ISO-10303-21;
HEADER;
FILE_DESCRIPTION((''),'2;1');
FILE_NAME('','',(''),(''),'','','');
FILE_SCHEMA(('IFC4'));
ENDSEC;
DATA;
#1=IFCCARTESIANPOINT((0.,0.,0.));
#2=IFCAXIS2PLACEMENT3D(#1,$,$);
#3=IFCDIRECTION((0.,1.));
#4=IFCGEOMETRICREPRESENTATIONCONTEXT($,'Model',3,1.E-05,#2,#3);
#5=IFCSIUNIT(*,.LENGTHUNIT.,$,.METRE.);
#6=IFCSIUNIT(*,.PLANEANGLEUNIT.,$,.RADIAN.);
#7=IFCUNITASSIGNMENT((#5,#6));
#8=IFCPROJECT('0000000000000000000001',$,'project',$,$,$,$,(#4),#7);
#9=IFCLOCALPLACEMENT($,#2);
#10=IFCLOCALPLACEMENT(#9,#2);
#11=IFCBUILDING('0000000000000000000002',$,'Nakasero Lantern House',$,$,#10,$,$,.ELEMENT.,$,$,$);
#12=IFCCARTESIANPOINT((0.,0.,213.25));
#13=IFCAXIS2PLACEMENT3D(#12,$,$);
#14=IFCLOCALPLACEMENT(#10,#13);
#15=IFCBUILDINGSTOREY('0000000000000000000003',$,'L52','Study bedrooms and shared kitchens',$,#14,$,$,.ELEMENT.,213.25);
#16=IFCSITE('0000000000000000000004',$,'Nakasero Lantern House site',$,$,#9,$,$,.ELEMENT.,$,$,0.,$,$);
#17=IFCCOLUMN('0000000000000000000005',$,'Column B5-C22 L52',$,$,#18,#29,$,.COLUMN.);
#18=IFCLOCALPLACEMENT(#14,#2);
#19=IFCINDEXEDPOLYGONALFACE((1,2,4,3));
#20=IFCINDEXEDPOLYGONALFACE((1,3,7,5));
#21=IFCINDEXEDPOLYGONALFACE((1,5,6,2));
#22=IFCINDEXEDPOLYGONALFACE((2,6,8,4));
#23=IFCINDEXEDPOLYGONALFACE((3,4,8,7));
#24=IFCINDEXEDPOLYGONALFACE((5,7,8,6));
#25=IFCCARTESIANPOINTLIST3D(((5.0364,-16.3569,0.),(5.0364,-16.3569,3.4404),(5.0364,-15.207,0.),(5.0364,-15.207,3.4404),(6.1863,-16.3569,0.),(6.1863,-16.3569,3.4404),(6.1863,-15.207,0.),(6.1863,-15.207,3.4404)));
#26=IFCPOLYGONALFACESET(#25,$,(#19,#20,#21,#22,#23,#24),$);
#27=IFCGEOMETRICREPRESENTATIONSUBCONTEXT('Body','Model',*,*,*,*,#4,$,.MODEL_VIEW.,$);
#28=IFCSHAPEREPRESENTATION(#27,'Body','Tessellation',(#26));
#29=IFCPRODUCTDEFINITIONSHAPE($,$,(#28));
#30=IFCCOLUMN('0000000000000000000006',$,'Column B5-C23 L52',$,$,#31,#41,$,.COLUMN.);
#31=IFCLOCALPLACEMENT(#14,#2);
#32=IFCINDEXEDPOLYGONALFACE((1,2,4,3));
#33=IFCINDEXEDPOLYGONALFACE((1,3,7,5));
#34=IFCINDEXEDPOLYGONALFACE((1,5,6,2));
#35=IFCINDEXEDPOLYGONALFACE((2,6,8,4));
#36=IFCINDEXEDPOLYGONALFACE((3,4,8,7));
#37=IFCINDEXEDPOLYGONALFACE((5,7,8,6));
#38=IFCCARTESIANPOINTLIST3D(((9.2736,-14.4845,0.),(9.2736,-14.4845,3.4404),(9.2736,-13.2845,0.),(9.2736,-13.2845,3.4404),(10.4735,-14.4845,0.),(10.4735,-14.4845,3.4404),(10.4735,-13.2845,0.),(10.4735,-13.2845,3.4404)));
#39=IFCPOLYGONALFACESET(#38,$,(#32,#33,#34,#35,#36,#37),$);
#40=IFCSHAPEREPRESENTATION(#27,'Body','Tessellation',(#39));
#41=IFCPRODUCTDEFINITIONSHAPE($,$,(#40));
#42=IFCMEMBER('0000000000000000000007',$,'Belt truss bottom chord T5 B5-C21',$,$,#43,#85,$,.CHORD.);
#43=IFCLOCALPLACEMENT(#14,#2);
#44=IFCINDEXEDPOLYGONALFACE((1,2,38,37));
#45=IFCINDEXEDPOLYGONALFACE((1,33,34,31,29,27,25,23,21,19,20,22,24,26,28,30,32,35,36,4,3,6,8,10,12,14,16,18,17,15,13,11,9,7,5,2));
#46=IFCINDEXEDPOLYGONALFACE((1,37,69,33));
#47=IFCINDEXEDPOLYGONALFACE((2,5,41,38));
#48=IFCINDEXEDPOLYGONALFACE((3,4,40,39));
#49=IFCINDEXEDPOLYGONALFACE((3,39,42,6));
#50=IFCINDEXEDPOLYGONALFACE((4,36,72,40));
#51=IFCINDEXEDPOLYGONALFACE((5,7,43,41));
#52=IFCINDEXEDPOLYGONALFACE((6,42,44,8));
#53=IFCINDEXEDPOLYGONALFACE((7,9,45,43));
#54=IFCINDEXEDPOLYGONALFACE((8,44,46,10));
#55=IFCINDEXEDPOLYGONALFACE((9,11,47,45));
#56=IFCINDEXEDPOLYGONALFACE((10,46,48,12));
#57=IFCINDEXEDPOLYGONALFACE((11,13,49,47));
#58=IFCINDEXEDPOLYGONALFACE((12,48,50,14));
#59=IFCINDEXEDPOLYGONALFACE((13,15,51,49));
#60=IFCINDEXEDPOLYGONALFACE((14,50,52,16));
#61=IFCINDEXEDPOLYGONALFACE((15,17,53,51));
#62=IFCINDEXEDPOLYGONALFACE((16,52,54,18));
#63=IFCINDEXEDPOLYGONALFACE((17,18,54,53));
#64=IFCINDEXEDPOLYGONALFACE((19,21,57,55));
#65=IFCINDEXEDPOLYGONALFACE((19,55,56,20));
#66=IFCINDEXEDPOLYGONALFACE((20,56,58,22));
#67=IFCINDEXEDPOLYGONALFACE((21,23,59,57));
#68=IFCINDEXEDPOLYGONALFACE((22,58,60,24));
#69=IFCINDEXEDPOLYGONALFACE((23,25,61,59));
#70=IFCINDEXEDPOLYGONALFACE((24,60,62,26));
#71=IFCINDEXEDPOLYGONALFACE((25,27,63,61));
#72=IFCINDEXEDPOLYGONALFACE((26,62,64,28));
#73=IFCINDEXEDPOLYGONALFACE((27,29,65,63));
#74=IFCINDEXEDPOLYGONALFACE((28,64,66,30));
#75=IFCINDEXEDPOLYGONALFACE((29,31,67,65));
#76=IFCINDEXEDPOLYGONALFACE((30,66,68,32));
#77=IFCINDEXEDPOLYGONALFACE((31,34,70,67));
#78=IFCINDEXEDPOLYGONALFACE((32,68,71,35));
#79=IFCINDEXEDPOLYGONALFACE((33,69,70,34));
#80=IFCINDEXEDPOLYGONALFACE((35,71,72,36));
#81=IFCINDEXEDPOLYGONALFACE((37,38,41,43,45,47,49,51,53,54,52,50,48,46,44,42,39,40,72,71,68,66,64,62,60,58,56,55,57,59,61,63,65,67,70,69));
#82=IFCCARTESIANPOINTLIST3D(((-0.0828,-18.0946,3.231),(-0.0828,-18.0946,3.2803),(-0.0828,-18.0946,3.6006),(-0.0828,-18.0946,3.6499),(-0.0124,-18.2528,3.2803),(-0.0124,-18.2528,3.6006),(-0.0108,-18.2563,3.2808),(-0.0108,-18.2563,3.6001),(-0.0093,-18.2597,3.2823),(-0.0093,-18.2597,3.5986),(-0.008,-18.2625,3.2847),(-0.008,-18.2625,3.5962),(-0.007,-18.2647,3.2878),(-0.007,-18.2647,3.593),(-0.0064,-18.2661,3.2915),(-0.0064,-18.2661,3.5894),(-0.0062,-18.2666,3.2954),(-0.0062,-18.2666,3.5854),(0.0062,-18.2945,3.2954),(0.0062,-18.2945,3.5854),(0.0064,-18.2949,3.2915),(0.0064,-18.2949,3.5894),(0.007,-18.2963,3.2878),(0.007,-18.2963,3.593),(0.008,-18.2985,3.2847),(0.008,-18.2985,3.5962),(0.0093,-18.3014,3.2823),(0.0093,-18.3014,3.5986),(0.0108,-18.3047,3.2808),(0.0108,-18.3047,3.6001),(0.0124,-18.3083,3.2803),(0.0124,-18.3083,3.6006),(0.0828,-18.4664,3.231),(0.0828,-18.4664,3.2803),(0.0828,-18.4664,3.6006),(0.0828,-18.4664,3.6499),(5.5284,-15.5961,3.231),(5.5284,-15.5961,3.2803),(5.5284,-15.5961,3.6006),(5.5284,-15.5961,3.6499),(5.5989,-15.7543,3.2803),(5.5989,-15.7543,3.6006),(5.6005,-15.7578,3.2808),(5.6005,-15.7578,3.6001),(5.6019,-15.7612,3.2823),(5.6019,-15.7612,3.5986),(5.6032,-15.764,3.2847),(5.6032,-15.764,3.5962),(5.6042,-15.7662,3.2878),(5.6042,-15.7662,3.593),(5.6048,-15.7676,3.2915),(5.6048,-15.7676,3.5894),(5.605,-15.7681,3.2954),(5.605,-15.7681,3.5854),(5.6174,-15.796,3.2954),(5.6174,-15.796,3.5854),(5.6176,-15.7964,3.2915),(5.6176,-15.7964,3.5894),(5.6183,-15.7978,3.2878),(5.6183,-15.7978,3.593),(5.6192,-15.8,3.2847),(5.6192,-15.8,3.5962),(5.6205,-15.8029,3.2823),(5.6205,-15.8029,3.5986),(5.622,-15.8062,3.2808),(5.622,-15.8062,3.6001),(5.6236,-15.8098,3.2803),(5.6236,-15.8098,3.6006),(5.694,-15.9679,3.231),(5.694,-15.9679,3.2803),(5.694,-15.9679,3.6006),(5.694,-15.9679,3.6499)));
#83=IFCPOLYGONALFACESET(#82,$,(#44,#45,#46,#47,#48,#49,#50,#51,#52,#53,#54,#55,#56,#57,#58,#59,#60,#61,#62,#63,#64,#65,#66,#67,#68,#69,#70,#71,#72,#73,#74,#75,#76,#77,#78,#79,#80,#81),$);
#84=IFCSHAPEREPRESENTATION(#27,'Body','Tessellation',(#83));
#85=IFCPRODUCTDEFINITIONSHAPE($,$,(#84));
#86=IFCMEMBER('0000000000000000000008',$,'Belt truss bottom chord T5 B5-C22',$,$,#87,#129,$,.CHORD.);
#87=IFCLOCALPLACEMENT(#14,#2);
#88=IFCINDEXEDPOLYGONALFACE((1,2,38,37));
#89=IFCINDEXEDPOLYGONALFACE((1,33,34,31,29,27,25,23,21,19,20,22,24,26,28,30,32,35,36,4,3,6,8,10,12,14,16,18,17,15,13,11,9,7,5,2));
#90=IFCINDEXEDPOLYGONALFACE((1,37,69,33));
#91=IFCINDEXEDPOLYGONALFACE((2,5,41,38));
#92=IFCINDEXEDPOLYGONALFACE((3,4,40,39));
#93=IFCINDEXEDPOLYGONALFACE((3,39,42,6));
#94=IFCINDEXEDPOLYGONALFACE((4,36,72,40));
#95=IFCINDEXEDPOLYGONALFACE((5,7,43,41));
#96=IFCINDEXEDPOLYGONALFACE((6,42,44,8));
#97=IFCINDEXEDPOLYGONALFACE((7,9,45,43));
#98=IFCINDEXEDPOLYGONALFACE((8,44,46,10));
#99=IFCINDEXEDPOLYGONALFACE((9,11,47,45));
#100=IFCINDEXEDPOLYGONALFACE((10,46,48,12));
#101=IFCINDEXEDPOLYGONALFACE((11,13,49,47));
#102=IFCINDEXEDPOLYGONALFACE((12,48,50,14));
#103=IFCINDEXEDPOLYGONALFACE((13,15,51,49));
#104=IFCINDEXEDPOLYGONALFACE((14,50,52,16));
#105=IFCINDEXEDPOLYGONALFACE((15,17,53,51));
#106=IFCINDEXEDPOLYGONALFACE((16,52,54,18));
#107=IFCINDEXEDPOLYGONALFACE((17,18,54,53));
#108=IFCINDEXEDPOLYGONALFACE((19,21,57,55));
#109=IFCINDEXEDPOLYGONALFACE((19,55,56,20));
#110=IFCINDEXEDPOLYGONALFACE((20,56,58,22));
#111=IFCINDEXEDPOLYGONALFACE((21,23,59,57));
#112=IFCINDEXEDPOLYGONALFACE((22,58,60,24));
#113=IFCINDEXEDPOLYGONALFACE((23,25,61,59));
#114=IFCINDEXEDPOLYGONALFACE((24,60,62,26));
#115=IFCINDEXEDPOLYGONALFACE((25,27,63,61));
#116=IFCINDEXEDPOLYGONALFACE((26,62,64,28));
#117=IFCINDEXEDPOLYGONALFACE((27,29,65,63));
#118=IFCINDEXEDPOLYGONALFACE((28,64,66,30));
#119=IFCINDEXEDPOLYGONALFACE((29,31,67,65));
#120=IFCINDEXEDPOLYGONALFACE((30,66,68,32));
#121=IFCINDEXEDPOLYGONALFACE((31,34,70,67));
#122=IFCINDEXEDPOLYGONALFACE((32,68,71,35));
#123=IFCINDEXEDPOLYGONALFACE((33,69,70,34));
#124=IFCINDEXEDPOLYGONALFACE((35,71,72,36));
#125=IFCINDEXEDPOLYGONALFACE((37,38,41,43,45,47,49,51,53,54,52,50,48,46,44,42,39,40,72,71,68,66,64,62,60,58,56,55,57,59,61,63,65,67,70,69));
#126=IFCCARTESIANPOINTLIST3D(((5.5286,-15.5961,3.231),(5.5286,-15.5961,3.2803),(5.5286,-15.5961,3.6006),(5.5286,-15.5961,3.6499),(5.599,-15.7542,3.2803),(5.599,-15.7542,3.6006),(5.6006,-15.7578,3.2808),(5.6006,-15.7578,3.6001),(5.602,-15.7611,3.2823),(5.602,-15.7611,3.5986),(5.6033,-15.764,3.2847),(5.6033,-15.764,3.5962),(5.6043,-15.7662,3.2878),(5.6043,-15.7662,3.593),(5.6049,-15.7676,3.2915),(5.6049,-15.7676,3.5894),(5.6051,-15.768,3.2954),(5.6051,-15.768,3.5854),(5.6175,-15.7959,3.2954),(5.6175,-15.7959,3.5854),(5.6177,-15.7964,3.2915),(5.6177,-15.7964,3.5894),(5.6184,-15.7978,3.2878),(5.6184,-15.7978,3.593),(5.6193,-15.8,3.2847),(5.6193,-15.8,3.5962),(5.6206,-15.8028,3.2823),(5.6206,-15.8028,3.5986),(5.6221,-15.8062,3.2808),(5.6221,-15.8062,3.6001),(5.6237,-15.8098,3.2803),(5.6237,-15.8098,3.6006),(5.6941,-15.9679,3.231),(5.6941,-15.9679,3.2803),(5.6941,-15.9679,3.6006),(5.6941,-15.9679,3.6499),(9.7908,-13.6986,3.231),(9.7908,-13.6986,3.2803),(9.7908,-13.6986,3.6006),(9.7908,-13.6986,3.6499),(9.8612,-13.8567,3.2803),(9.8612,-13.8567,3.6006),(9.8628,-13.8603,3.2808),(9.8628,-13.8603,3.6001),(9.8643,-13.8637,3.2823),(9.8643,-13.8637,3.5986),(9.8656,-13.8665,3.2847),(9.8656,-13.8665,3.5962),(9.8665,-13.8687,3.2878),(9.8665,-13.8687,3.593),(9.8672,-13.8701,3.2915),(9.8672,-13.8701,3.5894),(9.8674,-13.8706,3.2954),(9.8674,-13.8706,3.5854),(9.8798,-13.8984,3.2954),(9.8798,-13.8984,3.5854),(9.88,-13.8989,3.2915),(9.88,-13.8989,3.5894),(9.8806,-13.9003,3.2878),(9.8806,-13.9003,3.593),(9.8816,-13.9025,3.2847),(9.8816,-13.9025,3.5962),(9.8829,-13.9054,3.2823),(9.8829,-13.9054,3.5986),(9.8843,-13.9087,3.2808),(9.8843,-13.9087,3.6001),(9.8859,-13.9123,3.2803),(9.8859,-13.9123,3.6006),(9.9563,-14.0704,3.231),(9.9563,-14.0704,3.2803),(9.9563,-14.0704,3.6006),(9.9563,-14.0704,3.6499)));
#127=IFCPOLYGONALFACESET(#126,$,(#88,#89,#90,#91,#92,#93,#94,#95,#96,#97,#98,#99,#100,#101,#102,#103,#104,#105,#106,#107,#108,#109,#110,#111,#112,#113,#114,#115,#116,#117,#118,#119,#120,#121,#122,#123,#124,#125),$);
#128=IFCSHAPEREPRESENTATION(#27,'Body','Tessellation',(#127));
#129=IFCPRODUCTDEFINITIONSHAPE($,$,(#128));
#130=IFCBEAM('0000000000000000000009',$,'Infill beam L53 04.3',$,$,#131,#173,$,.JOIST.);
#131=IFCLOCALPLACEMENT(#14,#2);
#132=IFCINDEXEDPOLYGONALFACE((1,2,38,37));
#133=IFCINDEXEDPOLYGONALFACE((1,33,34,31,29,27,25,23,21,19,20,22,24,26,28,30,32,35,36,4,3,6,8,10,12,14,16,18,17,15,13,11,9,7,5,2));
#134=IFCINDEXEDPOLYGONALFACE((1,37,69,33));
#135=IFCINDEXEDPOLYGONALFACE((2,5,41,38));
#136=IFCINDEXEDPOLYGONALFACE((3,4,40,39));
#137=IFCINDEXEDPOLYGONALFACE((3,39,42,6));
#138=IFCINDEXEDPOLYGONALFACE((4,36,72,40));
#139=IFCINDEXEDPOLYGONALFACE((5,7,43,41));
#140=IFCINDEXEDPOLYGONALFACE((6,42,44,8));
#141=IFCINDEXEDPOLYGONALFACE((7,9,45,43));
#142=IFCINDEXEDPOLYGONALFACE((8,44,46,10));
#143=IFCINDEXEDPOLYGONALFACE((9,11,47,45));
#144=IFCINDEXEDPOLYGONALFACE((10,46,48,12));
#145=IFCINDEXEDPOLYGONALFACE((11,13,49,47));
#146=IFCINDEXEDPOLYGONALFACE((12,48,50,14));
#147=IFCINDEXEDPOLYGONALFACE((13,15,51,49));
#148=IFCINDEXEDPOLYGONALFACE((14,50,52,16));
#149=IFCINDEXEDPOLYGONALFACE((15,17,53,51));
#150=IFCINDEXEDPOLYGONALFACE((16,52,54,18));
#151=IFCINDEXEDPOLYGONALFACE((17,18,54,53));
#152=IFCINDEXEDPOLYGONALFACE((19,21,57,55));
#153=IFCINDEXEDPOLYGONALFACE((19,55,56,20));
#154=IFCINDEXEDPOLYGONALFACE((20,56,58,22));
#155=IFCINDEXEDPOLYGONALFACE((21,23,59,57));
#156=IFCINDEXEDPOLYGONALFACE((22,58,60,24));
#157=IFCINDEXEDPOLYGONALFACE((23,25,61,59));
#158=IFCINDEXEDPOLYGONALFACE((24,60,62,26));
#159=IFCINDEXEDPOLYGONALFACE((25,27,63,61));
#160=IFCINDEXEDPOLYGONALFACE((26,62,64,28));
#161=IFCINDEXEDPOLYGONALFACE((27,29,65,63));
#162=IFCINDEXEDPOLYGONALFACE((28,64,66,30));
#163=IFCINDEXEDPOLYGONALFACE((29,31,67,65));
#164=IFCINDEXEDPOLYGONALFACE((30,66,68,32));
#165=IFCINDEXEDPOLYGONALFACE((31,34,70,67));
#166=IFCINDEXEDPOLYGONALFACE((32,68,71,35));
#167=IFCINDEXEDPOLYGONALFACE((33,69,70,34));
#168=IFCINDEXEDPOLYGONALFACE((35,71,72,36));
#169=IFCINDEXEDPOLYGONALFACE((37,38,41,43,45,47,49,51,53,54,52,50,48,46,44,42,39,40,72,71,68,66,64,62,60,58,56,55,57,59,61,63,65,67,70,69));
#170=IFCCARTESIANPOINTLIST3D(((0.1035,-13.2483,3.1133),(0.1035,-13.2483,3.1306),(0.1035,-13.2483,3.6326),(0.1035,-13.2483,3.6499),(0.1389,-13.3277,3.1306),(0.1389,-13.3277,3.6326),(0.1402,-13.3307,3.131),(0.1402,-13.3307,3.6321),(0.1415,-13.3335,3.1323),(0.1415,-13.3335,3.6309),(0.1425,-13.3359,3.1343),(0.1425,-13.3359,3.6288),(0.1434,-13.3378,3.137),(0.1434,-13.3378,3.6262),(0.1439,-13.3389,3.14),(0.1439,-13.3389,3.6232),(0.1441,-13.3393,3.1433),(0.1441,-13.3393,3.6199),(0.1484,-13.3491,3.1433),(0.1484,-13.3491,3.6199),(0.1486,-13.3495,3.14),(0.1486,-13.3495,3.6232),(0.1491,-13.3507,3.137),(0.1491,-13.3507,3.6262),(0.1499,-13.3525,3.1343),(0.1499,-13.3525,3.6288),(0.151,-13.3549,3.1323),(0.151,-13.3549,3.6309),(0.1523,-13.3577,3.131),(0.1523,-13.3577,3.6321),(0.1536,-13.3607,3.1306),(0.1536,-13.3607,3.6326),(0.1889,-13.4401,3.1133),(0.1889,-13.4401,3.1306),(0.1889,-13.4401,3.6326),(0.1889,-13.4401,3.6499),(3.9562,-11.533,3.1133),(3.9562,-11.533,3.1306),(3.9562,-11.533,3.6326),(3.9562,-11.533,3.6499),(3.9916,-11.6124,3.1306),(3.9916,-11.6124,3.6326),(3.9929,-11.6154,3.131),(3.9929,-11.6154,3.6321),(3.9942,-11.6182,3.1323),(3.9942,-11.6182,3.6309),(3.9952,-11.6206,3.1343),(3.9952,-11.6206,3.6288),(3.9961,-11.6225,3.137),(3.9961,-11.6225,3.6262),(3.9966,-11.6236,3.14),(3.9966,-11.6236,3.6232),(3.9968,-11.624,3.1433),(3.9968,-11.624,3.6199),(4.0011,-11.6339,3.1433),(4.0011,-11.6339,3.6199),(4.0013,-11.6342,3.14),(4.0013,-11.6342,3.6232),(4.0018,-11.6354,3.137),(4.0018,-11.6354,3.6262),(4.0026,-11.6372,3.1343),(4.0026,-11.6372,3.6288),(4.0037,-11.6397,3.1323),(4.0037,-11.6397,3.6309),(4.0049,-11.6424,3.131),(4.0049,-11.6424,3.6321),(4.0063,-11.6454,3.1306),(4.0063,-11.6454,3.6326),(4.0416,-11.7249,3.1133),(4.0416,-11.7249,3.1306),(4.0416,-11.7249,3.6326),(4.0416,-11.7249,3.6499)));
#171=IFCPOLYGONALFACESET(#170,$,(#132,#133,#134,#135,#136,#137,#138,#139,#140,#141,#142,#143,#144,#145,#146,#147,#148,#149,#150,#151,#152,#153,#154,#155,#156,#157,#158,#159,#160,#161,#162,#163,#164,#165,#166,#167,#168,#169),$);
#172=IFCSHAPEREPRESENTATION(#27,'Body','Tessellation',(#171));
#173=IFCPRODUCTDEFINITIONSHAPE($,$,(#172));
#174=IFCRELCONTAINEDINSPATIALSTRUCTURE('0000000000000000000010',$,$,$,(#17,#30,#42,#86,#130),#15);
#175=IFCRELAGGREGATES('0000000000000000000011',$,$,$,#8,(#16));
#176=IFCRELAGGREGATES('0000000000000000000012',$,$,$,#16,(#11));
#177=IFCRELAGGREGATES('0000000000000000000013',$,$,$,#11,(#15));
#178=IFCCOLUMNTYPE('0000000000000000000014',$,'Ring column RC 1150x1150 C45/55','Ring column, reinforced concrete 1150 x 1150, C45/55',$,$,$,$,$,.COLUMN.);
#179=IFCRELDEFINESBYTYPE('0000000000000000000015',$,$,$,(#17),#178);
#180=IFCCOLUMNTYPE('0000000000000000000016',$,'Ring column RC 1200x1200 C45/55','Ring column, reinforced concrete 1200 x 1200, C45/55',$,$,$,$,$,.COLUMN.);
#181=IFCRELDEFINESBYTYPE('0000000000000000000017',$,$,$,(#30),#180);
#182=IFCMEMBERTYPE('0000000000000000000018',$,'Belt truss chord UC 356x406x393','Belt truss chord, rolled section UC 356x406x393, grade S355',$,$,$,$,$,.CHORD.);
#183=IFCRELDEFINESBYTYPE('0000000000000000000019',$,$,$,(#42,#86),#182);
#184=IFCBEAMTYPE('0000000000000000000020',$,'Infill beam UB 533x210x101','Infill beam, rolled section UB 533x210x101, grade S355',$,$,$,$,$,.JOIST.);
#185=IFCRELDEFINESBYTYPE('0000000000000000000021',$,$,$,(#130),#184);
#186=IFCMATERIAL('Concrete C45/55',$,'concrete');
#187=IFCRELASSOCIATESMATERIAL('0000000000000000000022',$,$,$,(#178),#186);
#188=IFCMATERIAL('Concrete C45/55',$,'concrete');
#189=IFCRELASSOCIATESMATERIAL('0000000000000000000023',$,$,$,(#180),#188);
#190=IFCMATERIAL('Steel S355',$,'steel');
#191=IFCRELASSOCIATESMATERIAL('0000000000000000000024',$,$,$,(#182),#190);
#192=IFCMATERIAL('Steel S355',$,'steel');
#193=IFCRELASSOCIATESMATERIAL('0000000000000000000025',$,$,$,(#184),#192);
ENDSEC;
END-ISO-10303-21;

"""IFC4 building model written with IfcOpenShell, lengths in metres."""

from ifc_helpers import new_model, si_unit, direction, frame, origin, origin_2d, place, context, subcontext, project, spatial, rectangle, i_section, extrude, material, material_profile, profile_set, type_object, element, save


model = new_model("IFC4")

# Units and contexts
model_context = context("Model", 3, precision=1e-05, world=origin(), true_north=direction((0.0, 1.0)))
body_context = subcontext(model_context, "Body", "Model", "MODEL_VIEW")
ifc_project = project(units=[si_unit("LENGTHUNIT", "METRE"), si_unit("PLANEANGLEUNIT", "RADIAN")], contexts=[model_context])

# Site, building, storey
site_placement = place(None, origin())
site = spatial("IfcSite", under=ifc_project, at=site_placement, Name="Nakasero Lantern House site", CompositionType="ELEMENT", RefElevation=0.0)
building_placement = place(site_placement, origin())
building = spatial("IfcBuilding", under=site, at=building_placement, Name="Nakasero Lantern House", CompositionType="ELEMENT")
storey_placement = place(building_placement, frame((0.0, 0.0, 213.25)))
storey = spatial("IfcBuildingStorey", under=building, at=storey_placement, Name="L52", Description="Study bedrooms and shared kitchens", CompositionType="ELEMENT", Elevation=213.25)

# Columns
ifc_material_1 = material(Name="Concrete C45/55", Category="concrete")
ifc_material_profile_1 = material_profile(ifc_material_1, rectangle(XDim=1.1499, YDim=1.1499, at=origin_2d()), Name="RC 1150x1150")
ifc_profile_set_1 = profile_set([ifc_material_profile_1], Name="Concrete C45/55")
column_type_1 = type_object("IfcColumnType", Name="Ring column RC 1150x1150 C45/55", Description="Ring column, reinforced concrete 1150 x 1150, C45/55", PredefinedType="COLUMN", material=ifc_profile_set_1)
column_1_placement = place(storey_placement, frame((5.6113, -15.782, 0.0), z_axis=(0.0, 0.0, 1.0), x_axis=(1.0, 0.0, 0.0)))
element("IfcColumn", 1, at=column_1_placement, inside=storey, type_object=column_type_1, Name="Column B5-C22 L52", PredefinedType="COLUMN", context=body_context, shape_type="SweptSolid", body=[
    extrude(rectangle(XDim=1.1499, YDim=1.1499, at=origin_2d()), origin(), (0.0, 0.0, 1.0), 3.4404),
])
ifc_material_2 = material(Name="Concrete C45/55", Category="concrete")
ifc_material_profile_2 = material_profile(ifc_material_2, rectangle(XDim=1.2, YDim=1.2, at=origin_2d()), Name="RC 1200x1200")
ifc_profile_set_2 = profile_set([ifc_material_profile_2], Name="Concrete C45/55")
column_type_2 = type_object("IfcColumnType", Name="Ring column RC 1200x1200 C45/55", Description="Ring column, reinforced concrete 1200 x 1200, C45/55", PredefinedType="COLUMN", material=ifc_profile_set_2)
column_2_placement = place(storey_placement, frame((9.8735, -13.8845, 0.0), z_axis=(0.0, 0.0, 1.0), x_axis=(1.0, 0.0, 0.0)))
element("IfcColumn", 2, at=column_2_placement, inside=storey, type_object=column_type_2, Name="Column B5-C23 L52", PredefinedType="COLUMN", context=body_context, shape_type="SweptSolid", body=[
    extrude(rectangle(XDim=1.2, YDim=1.2, at=origin_2d()), origin(), (0.0, 0.0, 1.0), 3.4404),
])

# Members
ifc_material_3 = material(Name="Steel S355", Category="steel")
ifc_material_profile_3 = material_profile(ifc_material_3, i_section(OverallWidth=0.407, OverallDepth=0.4189, WebThickness=0.0305, FlangeThickness=0.0493, FilletRadius=0.0151, at=origin_2d()), Name="UC 356x406x393")
ifc_profile_set_3 = profile_set([ifc_material_profile_3], Name="Steel S355")
member_type = type_object("IfcMemberType", Name="Belt truss chord UC 356x406x393", Description="Belt truss chord, rolled section UC 356x406x393, grade S355", PredefinedType="CHORD", material=ifc_profile_set_3)
member_1_placement = place(storey_placement, frame((0.0, -18.2805, 3.4404), z_axis=(0.913533, 0.406765, 0.0), x_axis=(-0.406765, 0.913533, 0.0)))
element("IfcMember", 3, at=member_1_placement, inside=storey, type_object=member_type, Name="Belt truss bottom chord T5 B5-C21", PredefinedType="CHORD", context=body_context, shape_type="SweptSolid", body=[
    extrude(i_section(OverallWidth=0.407, OverallDepth=0.4189, WebThickness=0.0305, FlangeThickness=0.0493, FilletRadius=0.0151, at=origin_2d()), origin(), (0.0, 0.0, 1.0), 6.1423),
])
member_2_placement = place(storey_placement, frame((5.6113, -15.782, 3.4404), z_axis=(0.913561, 0.406702, 0.0), x_axis=(-0.406702, 0.913561, 0.0)))
element("IfcMember", 4, at=member_2_placement, inside=storey, type_object=member_type, Name="Belt truss bottom chord T5 B5-C22", PredefinedType="CHORD", context=body_context, shape_type="SweptSolid", body=[
    extrude(i_section(OverallWidth=0.407, OverallDepth=0.4189, WebThickness=0.0305, FlangeThickness=0.0493, FilletRadius=0.0151, at=origin_2d()), origin(), (0.0, 0.0, 1.0), 4.6655),
])

# Beam
ifc_material_4 = material(Name="Steel S355", Category="steel")
ifc_material_profile_4 = material_profile(ifc_material_4, i_section(OverallWidth=0.21, OverallDepth=0.5366, WebThickness=0.0107, FlangeThickness=0.0173, FilletRadius=0.0127, at=origin_2d()), Name="UB 533x210x101")
ifc_profile_set_4 = profile_set([ifc_material_profile_4], Name="Steel S355")
beam_type_1 = type_object("IfcBeamType", Name="Infill beam UB 533x210x101", Description="Infill beam, rolled section UB 533x210x101, grade S355", PredefinedType="JOIST", material=ifc_profile_set_4)
beam_1_placement = place(storey_placement, frame((0.1462, -13.3442, 3.3816), z_axis=(0.913549, 0.406729, 0.0), x_axis=(-0.406729, 0.913549, 0.0)))
element("IfcBeam", 5, at=beam_1_placement, inside=storey, type_object=beam_type_1, Name="Infill beam L53 04.3", PredefinedType="JOIST", context=body_context, shape_type="SweptSolid", body=[
    extrude(i_section(OverallWidth=0.21, OverallDepth=0.5366, WebThickness=0.0107, FlangeThickness=0.0173, FilletRadius=0.0127, at=origin_2d()), origin(), (0.0, 0.0, 1.0), 4.2173),
])

save(model, "model.ifc")
